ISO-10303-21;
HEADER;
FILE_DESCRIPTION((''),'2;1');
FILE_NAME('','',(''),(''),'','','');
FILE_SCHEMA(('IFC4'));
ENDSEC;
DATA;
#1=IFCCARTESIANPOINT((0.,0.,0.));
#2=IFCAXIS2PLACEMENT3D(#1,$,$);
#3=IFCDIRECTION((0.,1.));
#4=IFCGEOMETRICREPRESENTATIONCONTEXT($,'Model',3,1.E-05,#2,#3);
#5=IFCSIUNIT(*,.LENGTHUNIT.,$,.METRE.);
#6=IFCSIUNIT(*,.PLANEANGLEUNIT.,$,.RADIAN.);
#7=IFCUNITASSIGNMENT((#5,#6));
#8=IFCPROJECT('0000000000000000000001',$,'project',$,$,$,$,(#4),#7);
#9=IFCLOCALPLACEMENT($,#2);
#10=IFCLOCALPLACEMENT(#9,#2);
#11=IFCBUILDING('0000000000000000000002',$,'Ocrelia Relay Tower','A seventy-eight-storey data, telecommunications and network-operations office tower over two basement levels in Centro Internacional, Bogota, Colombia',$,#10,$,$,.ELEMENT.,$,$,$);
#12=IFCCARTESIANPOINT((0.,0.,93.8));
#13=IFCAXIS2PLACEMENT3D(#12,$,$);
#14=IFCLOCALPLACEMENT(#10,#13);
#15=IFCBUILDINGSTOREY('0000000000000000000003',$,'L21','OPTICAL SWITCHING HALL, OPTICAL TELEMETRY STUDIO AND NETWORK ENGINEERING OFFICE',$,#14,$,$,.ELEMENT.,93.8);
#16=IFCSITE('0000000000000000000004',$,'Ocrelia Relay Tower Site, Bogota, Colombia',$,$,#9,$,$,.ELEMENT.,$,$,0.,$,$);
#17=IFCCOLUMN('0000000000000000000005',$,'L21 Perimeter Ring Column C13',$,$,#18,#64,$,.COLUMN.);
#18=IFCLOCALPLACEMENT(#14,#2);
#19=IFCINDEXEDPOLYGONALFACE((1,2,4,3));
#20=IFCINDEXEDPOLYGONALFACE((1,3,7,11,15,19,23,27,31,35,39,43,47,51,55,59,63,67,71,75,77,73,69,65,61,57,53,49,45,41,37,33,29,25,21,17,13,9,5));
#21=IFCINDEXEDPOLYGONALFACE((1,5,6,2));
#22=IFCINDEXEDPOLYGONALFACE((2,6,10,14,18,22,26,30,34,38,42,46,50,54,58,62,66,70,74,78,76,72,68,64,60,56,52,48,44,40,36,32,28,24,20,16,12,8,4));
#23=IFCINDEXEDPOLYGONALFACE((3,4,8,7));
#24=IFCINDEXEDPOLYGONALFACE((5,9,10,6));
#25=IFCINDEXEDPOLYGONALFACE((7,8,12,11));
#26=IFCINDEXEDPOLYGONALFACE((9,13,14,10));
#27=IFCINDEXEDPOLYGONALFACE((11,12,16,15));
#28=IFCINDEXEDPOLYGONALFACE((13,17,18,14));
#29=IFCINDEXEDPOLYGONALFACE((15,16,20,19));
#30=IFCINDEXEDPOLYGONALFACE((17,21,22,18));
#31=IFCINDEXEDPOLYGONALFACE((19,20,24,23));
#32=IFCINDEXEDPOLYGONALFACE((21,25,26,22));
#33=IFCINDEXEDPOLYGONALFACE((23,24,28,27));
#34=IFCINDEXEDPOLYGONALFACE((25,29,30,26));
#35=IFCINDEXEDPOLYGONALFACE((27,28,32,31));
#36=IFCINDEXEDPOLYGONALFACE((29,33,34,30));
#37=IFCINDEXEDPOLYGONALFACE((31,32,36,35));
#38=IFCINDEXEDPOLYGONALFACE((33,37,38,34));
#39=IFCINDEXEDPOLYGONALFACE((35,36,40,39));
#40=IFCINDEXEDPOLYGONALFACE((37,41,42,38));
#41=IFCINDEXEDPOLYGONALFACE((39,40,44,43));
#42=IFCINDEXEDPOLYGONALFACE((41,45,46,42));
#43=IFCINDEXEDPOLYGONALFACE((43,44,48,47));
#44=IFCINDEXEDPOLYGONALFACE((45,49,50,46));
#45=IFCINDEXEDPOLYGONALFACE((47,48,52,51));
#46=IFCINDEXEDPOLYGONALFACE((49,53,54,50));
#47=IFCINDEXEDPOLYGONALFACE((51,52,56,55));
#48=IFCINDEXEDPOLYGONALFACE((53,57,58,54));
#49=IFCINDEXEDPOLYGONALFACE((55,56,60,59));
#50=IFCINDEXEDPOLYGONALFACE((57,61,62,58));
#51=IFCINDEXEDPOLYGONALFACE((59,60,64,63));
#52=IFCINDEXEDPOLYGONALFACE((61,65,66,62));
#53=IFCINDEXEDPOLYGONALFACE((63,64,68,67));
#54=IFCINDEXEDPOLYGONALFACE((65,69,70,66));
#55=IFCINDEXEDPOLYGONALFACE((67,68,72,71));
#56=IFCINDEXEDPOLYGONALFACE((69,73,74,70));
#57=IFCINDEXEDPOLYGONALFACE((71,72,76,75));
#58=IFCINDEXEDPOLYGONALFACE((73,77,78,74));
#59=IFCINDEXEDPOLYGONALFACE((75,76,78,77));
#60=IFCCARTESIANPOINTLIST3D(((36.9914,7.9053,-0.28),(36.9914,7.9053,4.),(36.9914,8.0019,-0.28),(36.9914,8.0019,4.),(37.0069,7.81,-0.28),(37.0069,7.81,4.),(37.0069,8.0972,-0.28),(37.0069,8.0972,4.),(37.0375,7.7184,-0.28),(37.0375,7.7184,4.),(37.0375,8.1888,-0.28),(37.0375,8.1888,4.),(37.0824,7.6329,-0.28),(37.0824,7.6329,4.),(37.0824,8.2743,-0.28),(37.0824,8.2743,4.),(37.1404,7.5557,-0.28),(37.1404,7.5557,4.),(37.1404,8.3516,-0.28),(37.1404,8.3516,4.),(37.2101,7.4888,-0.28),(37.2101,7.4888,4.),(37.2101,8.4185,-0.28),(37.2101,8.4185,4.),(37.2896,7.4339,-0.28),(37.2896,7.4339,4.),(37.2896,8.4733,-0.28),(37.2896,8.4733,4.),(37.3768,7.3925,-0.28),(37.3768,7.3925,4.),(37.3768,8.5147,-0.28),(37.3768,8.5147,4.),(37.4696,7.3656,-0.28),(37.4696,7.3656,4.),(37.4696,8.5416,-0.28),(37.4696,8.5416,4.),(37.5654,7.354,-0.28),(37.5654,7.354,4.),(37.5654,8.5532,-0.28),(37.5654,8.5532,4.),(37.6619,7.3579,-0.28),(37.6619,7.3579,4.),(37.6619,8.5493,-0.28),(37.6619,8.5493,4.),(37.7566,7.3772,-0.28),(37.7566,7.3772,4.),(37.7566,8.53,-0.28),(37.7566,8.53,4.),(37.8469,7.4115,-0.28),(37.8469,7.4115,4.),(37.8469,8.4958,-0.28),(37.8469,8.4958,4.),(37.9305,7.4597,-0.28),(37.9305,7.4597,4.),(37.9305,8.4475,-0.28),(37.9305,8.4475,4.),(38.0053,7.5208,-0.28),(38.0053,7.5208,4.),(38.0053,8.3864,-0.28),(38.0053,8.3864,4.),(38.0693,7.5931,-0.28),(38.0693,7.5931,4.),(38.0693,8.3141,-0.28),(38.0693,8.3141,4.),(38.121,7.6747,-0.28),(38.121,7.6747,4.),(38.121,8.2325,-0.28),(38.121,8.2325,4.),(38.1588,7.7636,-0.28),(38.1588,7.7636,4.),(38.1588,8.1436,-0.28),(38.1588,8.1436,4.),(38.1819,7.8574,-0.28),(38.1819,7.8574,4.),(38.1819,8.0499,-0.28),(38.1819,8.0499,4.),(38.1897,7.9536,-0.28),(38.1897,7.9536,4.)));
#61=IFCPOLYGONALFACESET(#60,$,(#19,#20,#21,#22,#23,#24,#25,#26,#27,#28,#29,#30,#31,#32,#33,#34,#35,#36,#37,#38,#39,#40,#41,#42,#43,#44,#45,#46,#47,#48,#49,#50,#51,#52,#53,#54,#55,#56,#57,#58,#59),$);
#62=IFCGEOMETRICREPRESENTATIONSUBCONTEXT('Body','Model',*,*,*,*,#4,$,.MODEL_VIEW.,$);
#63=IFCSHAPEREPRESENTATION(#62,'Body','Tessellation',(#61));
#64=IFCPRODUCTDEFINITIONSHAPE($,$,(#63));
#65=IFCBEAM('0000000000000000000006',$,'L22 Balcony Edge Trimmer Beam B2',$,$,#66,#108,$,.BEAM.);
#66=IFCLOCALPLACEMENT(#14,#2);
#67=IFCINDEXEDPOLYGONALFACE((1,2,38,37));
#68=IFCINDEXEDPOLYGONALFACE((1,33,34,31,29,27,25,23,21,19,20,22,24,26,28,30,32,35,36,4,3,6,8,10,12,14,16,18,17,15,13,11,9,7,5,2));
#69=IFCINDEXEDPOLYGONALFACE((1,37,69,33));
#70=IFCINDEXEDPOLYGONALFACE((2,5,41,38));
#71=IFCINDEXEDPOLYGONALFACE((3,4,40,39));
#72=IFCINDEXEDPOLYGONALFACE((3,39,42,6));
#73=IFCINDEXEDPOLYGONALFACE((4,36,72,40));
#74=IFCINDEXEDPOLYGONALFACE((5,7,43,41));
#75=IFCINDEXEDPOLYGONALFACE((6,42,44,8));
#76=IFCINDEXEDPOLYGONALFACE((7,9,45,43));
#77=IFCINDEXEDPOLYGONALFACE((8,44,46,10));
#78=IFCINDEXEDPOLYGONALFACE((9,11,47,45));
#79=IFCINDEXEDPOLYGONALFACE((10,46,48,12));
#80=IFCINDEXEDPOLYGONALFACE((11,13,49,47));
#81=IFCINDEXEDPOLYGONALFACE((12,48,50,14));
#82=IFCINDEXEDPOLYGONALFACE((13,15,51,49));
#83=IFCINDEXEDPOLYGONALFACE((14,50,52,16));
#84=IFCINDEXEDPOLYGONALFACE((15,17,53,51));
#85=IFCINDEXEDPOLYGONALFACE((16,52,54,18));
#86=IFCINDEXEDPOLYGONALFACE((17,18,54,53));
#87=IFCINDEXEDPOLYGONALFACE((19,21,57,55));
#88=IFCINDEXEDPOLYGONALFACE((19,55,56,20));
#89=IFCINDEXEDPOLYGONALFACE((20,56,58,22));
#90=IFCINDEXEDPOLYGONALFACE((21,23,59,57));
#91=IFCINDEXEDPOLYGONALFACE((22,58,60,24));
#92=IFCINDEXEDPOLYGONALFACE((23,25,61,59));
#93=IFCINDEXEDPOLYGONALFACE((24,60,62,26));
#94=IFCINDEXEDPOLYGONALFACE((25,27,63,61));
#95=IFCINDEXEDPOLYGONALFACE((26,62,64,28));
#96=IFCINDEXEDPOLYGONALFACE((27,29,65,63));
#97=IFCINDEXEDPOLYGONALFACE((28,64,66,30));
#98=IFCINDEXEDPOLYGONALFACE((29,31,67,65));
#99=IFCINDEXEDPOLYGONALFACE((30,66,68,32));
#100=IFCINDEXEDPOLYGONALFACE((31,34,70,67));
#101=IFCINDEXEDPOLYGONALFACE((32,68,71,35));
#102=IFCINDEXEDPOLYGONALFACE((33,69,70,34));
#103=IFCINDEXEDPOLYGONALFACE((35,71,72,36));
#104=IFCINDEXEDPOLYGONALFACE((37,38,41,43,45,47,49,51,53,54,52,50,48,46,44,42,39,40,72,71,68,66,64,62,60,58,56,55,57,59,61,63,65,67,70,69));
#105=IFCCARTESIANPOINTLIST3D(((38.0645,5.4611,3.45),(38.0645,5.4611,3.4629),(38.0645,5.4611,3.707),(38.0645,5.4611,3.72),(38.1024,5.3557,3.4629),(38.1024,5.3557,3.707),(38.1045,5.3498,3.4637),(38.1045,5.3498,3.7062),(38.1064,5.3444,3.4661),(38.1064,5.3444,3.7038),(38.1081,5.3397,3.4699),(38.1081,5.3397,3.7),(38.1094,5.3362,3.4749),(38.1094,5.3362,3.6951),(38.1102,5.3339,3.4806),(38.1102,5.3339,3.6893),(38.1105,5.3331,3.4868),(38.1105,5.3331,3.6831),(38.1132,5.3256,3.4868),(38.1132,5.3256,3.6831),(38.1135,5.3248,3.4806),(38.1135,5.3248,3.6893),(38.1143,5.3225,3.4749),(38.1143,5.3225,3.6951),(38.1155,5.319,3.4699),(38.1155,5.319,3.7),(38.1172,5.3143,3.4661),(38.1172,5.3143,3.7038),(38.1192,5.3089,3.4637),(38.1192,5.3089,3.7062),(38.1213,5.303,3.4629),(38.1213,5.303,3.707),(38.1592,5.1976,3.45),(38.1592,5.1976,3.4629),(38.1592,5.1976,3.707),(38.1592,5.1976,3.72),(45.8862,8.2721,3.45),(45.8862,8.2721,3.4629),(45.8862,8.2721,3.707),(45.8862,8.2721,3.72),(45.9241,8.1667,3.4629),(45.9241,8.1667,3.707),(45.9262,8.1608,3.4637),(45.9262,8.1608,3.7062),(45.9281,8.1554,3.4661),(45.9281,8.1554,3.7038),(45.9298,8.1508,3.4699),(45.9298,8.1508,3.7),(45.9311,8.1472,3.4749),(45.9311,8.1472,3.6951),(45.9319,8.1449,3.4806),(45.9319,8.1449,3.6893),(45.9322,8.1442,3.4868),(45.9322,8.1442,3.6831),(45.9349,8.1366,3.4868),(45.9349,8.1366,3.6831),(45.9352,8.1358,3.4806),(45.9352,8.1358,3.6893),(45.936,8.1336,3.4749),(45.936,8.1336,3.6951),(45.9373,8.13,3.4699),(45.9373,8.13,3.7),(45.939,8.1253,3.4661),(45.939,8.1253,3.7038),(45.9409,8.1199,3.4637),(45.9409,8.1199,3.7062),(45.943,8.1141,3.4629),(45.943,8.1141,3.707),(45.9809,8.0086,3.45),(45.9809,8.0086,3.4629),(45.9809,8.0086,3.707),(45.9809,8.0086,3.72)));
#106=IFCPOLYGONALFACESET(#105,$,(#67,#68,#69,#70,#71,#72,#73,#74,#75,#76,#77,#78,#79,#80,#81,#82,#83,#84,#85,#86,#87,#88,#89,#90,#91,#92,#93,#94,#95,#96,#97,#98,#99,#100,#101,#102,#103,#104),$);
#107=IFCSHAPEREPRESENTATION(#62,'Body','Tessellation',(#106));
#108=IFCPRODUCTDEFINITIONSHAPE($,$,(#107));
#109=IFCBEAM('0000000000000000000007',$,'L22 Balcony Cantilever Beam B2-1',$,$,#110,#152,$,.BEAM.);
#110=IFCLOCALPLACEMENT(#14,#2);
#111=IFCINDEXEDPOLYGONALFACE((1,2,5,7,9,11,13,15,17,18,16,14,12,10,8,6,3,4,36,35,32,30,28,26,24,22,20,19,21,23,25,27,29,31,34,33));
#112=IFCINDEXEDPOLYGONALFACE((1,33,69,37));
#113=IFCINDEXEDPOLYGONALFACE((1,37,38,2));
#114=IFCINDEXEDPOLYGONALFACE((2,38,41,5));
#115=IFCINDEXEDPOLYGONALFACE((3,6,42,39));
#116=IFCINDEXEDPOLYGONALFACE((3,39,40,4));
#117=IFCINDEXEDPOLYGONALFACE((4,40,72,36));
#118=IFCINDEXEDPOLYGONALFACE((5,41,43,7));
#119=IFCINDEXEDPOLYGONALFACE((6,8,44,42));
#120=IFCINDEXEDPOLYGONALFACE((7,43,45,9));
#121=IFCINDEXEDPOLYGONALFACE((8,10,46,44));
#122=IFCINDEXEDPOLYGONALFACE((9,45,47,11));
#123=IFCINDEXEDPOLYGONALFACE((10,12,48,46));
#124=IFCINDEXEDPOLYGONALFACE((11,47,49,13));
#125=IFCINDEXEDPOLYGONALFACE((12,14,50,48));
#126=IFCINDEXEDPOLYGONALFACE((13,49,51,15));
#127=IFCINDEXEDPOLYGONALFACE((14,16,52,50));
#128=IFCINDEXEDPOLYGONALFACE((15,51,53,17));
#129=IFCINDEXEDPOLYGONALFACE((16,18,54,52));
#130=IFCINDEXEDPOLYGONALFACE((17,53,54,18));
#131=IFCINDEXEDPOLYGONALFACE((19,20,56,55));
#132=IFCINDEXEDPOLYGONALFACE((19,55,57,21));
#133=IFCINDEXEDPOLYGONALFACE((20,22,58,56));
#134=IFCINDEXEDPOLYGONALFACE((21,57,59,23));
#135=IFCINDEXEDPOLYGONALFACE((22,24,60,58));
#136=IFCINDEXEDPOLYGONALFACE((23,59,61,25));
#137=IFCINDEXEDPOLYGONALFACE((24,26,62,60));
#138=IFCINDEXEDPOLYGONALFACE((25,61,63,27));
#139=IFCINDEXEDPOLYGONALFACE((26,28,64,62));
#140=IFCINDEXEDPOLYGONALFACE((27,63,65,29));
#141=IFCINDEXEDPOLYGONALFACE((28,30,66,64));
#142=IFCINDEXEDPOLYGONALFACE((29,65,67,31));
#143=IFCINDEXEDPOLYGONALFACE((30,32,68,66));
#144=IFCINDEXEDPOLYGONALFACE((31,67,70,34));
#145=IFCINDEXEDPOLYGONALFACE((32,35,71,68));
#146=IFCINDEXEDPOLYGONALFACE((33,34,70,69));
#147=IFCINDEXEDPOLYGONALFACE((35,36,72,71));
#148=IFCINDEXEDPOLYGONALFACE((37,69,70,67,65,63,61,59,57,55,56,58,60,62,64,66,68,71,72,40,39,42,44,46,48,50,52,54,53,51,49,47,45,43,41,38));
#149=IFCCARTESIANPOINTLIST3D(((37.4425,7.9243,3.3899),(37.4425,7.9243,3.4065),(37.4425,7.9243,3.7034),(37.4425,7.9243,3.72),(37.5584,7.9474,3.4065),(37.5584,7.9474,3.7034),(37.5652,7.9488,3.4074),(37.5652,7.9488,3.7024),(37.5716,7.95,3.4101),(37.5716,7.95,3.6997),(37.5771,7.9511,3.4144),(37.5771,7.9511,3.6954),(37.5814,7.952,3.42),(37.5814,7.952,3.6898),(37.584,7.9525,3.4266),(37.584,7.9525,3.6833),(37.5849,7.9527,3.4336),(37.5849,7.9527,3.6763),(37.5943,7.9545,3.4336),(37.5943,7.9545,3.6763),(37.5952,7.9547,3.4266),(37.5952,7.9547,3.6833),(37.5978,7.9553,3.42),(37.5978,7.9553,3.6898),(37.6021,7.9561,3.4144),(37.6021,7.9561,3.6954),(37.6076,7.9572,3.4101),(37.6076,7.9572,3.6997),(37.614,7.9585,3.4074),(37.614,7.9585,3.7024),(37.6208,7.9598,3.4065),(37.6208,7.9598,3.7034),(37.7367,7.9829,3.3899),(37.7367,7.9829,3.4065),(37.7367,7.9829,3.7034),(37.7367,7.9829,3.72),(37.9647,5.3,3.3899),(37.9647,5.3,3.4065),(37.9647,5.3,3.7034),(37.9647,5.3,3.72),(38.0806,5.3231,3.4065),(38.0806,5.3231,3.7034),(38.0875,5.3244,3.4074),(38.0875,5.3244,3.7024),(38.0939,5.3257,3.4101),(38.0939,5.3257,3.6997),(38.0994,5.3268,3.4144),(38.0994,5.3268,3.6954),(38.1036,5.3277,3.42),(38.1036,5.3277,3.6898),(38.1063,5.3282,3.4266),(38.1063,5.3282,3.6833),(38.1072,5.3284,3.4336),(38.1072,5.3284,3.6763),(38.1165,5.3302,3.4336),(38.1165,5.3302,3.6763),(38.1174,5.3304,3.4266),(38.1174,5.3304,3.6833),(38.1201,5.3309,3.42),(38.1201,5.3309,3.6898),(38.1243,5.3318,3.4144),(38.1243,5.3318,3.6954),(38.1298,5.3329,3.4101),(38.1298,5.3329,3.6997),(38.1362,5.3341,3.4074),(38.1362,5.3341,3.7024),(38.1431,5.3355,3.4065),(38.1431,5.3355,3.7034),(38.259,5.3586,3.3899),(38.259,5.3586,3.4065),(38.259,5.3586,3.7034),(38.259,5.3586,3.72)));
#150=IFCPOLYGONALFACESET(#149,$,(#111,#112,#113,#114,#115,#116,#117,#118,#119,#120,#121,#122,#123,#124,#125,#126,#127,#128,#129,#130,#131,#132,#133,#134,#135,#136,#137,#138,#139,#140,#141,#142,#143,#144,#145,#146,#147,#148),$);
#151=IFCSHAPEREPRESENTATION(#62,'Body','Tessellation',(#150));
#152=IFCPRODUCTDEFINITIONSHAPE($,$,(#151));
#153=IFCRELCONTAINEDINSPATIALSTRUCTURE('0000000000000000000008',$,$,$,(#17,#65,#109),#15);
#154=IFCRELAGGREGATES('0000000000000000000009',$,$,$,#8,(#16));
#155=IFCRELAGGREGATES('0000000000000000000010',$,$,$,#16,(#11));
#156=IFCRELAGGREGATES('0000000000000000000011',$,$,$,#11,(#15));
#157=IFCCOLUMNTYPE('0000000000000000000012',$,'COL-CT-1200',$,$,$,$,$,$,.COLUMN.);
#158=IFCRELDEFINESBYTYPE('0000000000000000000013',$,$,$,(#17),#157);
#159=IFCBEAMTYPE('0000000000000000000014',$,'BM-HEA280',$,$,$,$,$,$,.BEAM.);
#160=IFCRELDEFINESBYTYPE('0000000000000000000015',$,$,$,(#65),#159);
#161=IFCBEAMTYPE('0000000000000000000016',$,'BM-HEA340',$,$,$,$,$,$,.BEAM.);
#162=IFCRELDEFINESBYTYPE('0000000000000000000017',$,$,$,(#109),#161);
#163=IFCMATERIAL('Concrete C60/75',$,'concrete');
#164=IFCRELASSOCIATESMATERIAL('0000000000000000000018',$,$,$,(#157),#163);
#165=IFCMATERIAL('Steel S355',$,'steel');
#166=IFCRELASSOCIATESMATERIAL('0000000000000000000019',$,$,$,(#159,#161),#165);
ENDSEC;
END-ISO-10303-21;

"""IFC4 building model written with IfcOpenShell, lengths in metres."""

from ifc_helpers import new_model, si_unit, direction, frame, origin, origin_2d, place, context, subcontext, project, spatial, circle, i_section, extrude, material, material_profile, profile_set, type_object, element, save


model = new_model("IFC4")

# Units and contexts
model_context = context("Model", 3, precision=1e-05, world=origin(), true_north=direction((0.0, 1.0)))
body_context = subcontext(model_context, "Body", "Model", "MODEL_VIEW")
ifc_project = project(units=[si_unit("LENGTHUNIT", "METRE"), si_unit("PLANEANGLEUNIT", "RADIAN")], contexts=[model_context])

# Site, building, storey
site_placement = place(None, origin())
site = spatial("IfcSite", under=ifc_project, at=site_placement, Name="Ocrelia Relay Tower Site, Bogota, Colombia", CompositionType="ELEMENT", RefElevation=0.0)
building_placement = place(site_placement, origin())
building = spatial("IfcBuilding", under=site, at=building_placement, Name="Ocrelia Relay Tower", Description="A seventy-eight-storey data, telecommunications and network-operations office tower over two basement levels in Centro Internacional, Bogota, Colombia", CompositionType="ELEMENT")
storey_placement = place(building_placement, frame((0.0, 0.0, 93.8)))
storey = spatial("IfcBuildingStorey", under=building, at=storey_placement, Name="L21", Description="OPTICAL SWITCHING HALL, OPTICAL TELEMETRY STUDIO AND NETWORK ENGINEERING OFFICE", CompositionType="ELEMENT", Elevation=93.8)

# Column
ifc_material_1 = material(Name="Concrete C60/75", Category="concrete")
ifc_material_profile_1 = material_profile(ifc_material_1, circle(Radius=0.6001, at=origin_2d()), Name="RC-CIR-1200")
ifc_profile_set_1 = profile_set([ifc_material_profile_1], Name="Concrete C60/75")
column_type = type_object("IfcColumnType", Name="COL-CT-1200", PredefinedType="COLUMN", material=ifc_profile_set_1)
column_placement = place(storey_placement, frame((37.5896, 7.9536, -0.28), z_axis=(0.0, 0.0, 1.0), x_axis=(1.0, 0.0, 0.0)))
element("IfcColumn", 1, at=column_placement, inside=storey, type_object=column_type, Name="L21 Perimeter Ring Column C13", PredefinedType="COLUMN", context=body_context, shape_type="SweptSolid", body=[
    extrude(circle(Radius=0.6001, at=origin_2d()), origin(), (0.0, 0.0, 1.0), 4.28),
])

# Beams
ifc_material_2 = material(Name="Steel S355", Category="steel")
ifc_material_profile_2 = material_profile(ifc_material_2, i_section(OverallWidth=0.28, OverallDepth=0.27, WebThickness=0.0081, FlangeThickness=0.0129, FilletRadius=0.0239, at=origin_2d()), Name="HEA 280")
ifc_profile_set_2 = profile_set([ifc_material_profile_2], Name="Steel S355")
beam_type_1 = type_object("IfcBeamType", Name="BM-HEA280", PredefinedType="BEAM", material=ifc_profile_set_2)
beam_1_placement = place(storey_placement, frame((38.1118, 5.3293, 3.585), z_axis=(0.941072, 0.338208, 0.0), x_axis=(-0.338208, 0.941072, 0.0)))
element("IfcBeam", 2, at=beam_1_placement, inside=storey, type_object=beam_type_1, Name="L22 Balcony Edge Trimmer Beam B2", PredefinedType="BEAM", context=body_context, shape_type="SweptSolid", body=[
    extrude(i_section(OverallWidth=0.28, OverallDepth=0.27, WebThickness=0.0081, FlangeThickness=0.0129, FilletRadius=0.0239, at=origin_2d()), origin(), (0.0, 0.0, 1.0), 8.3115),
])
ifc_material_profile_3 = material_profile(ifc_material_2, i_section(OverallWidth=0.3, OverallDepth=0.3301, WebThickness=0.0095, FlangeThickness=0.0166, FilletRadius=0.0271, at=origin_2d()), Name="HEA 340")
ifc_profile_set_3 = profile_set([ifc_material_profile_3], Name="Steel S355")
beam_type_2 = type_object("IfcBeamType", Name="BM-HEA340", PredefinedType="BEAM", material=ifc_profile_set_3)
beam_2_placement = place(storey_placement, frame((37.5896, 7.9536, 3.5549), z_axis=(0.195169, -0.98077, 0.0), x_axis=(0.98077, 0.195169, 0.0)))
element("IfcBeam", 3, at=beam_2_placement, inside=storey, type_object=beam_type_2, Name="L22 Balcony Cantilever Beam B2-1", PredefinedType="BEAM", context=body_context, shape_type="SweptSolid", body=[
    extrude(i_section(OverallWidth=0.3, OverallDepth=0.3301, WebThickness=0.0095, FlangeThickness=0.0166, FilletRadius=0.0271, at=origin_2d()), origin(), (0.0, 0.0, 1.0), 2.6758),
])

save(model, "model.ifc")
